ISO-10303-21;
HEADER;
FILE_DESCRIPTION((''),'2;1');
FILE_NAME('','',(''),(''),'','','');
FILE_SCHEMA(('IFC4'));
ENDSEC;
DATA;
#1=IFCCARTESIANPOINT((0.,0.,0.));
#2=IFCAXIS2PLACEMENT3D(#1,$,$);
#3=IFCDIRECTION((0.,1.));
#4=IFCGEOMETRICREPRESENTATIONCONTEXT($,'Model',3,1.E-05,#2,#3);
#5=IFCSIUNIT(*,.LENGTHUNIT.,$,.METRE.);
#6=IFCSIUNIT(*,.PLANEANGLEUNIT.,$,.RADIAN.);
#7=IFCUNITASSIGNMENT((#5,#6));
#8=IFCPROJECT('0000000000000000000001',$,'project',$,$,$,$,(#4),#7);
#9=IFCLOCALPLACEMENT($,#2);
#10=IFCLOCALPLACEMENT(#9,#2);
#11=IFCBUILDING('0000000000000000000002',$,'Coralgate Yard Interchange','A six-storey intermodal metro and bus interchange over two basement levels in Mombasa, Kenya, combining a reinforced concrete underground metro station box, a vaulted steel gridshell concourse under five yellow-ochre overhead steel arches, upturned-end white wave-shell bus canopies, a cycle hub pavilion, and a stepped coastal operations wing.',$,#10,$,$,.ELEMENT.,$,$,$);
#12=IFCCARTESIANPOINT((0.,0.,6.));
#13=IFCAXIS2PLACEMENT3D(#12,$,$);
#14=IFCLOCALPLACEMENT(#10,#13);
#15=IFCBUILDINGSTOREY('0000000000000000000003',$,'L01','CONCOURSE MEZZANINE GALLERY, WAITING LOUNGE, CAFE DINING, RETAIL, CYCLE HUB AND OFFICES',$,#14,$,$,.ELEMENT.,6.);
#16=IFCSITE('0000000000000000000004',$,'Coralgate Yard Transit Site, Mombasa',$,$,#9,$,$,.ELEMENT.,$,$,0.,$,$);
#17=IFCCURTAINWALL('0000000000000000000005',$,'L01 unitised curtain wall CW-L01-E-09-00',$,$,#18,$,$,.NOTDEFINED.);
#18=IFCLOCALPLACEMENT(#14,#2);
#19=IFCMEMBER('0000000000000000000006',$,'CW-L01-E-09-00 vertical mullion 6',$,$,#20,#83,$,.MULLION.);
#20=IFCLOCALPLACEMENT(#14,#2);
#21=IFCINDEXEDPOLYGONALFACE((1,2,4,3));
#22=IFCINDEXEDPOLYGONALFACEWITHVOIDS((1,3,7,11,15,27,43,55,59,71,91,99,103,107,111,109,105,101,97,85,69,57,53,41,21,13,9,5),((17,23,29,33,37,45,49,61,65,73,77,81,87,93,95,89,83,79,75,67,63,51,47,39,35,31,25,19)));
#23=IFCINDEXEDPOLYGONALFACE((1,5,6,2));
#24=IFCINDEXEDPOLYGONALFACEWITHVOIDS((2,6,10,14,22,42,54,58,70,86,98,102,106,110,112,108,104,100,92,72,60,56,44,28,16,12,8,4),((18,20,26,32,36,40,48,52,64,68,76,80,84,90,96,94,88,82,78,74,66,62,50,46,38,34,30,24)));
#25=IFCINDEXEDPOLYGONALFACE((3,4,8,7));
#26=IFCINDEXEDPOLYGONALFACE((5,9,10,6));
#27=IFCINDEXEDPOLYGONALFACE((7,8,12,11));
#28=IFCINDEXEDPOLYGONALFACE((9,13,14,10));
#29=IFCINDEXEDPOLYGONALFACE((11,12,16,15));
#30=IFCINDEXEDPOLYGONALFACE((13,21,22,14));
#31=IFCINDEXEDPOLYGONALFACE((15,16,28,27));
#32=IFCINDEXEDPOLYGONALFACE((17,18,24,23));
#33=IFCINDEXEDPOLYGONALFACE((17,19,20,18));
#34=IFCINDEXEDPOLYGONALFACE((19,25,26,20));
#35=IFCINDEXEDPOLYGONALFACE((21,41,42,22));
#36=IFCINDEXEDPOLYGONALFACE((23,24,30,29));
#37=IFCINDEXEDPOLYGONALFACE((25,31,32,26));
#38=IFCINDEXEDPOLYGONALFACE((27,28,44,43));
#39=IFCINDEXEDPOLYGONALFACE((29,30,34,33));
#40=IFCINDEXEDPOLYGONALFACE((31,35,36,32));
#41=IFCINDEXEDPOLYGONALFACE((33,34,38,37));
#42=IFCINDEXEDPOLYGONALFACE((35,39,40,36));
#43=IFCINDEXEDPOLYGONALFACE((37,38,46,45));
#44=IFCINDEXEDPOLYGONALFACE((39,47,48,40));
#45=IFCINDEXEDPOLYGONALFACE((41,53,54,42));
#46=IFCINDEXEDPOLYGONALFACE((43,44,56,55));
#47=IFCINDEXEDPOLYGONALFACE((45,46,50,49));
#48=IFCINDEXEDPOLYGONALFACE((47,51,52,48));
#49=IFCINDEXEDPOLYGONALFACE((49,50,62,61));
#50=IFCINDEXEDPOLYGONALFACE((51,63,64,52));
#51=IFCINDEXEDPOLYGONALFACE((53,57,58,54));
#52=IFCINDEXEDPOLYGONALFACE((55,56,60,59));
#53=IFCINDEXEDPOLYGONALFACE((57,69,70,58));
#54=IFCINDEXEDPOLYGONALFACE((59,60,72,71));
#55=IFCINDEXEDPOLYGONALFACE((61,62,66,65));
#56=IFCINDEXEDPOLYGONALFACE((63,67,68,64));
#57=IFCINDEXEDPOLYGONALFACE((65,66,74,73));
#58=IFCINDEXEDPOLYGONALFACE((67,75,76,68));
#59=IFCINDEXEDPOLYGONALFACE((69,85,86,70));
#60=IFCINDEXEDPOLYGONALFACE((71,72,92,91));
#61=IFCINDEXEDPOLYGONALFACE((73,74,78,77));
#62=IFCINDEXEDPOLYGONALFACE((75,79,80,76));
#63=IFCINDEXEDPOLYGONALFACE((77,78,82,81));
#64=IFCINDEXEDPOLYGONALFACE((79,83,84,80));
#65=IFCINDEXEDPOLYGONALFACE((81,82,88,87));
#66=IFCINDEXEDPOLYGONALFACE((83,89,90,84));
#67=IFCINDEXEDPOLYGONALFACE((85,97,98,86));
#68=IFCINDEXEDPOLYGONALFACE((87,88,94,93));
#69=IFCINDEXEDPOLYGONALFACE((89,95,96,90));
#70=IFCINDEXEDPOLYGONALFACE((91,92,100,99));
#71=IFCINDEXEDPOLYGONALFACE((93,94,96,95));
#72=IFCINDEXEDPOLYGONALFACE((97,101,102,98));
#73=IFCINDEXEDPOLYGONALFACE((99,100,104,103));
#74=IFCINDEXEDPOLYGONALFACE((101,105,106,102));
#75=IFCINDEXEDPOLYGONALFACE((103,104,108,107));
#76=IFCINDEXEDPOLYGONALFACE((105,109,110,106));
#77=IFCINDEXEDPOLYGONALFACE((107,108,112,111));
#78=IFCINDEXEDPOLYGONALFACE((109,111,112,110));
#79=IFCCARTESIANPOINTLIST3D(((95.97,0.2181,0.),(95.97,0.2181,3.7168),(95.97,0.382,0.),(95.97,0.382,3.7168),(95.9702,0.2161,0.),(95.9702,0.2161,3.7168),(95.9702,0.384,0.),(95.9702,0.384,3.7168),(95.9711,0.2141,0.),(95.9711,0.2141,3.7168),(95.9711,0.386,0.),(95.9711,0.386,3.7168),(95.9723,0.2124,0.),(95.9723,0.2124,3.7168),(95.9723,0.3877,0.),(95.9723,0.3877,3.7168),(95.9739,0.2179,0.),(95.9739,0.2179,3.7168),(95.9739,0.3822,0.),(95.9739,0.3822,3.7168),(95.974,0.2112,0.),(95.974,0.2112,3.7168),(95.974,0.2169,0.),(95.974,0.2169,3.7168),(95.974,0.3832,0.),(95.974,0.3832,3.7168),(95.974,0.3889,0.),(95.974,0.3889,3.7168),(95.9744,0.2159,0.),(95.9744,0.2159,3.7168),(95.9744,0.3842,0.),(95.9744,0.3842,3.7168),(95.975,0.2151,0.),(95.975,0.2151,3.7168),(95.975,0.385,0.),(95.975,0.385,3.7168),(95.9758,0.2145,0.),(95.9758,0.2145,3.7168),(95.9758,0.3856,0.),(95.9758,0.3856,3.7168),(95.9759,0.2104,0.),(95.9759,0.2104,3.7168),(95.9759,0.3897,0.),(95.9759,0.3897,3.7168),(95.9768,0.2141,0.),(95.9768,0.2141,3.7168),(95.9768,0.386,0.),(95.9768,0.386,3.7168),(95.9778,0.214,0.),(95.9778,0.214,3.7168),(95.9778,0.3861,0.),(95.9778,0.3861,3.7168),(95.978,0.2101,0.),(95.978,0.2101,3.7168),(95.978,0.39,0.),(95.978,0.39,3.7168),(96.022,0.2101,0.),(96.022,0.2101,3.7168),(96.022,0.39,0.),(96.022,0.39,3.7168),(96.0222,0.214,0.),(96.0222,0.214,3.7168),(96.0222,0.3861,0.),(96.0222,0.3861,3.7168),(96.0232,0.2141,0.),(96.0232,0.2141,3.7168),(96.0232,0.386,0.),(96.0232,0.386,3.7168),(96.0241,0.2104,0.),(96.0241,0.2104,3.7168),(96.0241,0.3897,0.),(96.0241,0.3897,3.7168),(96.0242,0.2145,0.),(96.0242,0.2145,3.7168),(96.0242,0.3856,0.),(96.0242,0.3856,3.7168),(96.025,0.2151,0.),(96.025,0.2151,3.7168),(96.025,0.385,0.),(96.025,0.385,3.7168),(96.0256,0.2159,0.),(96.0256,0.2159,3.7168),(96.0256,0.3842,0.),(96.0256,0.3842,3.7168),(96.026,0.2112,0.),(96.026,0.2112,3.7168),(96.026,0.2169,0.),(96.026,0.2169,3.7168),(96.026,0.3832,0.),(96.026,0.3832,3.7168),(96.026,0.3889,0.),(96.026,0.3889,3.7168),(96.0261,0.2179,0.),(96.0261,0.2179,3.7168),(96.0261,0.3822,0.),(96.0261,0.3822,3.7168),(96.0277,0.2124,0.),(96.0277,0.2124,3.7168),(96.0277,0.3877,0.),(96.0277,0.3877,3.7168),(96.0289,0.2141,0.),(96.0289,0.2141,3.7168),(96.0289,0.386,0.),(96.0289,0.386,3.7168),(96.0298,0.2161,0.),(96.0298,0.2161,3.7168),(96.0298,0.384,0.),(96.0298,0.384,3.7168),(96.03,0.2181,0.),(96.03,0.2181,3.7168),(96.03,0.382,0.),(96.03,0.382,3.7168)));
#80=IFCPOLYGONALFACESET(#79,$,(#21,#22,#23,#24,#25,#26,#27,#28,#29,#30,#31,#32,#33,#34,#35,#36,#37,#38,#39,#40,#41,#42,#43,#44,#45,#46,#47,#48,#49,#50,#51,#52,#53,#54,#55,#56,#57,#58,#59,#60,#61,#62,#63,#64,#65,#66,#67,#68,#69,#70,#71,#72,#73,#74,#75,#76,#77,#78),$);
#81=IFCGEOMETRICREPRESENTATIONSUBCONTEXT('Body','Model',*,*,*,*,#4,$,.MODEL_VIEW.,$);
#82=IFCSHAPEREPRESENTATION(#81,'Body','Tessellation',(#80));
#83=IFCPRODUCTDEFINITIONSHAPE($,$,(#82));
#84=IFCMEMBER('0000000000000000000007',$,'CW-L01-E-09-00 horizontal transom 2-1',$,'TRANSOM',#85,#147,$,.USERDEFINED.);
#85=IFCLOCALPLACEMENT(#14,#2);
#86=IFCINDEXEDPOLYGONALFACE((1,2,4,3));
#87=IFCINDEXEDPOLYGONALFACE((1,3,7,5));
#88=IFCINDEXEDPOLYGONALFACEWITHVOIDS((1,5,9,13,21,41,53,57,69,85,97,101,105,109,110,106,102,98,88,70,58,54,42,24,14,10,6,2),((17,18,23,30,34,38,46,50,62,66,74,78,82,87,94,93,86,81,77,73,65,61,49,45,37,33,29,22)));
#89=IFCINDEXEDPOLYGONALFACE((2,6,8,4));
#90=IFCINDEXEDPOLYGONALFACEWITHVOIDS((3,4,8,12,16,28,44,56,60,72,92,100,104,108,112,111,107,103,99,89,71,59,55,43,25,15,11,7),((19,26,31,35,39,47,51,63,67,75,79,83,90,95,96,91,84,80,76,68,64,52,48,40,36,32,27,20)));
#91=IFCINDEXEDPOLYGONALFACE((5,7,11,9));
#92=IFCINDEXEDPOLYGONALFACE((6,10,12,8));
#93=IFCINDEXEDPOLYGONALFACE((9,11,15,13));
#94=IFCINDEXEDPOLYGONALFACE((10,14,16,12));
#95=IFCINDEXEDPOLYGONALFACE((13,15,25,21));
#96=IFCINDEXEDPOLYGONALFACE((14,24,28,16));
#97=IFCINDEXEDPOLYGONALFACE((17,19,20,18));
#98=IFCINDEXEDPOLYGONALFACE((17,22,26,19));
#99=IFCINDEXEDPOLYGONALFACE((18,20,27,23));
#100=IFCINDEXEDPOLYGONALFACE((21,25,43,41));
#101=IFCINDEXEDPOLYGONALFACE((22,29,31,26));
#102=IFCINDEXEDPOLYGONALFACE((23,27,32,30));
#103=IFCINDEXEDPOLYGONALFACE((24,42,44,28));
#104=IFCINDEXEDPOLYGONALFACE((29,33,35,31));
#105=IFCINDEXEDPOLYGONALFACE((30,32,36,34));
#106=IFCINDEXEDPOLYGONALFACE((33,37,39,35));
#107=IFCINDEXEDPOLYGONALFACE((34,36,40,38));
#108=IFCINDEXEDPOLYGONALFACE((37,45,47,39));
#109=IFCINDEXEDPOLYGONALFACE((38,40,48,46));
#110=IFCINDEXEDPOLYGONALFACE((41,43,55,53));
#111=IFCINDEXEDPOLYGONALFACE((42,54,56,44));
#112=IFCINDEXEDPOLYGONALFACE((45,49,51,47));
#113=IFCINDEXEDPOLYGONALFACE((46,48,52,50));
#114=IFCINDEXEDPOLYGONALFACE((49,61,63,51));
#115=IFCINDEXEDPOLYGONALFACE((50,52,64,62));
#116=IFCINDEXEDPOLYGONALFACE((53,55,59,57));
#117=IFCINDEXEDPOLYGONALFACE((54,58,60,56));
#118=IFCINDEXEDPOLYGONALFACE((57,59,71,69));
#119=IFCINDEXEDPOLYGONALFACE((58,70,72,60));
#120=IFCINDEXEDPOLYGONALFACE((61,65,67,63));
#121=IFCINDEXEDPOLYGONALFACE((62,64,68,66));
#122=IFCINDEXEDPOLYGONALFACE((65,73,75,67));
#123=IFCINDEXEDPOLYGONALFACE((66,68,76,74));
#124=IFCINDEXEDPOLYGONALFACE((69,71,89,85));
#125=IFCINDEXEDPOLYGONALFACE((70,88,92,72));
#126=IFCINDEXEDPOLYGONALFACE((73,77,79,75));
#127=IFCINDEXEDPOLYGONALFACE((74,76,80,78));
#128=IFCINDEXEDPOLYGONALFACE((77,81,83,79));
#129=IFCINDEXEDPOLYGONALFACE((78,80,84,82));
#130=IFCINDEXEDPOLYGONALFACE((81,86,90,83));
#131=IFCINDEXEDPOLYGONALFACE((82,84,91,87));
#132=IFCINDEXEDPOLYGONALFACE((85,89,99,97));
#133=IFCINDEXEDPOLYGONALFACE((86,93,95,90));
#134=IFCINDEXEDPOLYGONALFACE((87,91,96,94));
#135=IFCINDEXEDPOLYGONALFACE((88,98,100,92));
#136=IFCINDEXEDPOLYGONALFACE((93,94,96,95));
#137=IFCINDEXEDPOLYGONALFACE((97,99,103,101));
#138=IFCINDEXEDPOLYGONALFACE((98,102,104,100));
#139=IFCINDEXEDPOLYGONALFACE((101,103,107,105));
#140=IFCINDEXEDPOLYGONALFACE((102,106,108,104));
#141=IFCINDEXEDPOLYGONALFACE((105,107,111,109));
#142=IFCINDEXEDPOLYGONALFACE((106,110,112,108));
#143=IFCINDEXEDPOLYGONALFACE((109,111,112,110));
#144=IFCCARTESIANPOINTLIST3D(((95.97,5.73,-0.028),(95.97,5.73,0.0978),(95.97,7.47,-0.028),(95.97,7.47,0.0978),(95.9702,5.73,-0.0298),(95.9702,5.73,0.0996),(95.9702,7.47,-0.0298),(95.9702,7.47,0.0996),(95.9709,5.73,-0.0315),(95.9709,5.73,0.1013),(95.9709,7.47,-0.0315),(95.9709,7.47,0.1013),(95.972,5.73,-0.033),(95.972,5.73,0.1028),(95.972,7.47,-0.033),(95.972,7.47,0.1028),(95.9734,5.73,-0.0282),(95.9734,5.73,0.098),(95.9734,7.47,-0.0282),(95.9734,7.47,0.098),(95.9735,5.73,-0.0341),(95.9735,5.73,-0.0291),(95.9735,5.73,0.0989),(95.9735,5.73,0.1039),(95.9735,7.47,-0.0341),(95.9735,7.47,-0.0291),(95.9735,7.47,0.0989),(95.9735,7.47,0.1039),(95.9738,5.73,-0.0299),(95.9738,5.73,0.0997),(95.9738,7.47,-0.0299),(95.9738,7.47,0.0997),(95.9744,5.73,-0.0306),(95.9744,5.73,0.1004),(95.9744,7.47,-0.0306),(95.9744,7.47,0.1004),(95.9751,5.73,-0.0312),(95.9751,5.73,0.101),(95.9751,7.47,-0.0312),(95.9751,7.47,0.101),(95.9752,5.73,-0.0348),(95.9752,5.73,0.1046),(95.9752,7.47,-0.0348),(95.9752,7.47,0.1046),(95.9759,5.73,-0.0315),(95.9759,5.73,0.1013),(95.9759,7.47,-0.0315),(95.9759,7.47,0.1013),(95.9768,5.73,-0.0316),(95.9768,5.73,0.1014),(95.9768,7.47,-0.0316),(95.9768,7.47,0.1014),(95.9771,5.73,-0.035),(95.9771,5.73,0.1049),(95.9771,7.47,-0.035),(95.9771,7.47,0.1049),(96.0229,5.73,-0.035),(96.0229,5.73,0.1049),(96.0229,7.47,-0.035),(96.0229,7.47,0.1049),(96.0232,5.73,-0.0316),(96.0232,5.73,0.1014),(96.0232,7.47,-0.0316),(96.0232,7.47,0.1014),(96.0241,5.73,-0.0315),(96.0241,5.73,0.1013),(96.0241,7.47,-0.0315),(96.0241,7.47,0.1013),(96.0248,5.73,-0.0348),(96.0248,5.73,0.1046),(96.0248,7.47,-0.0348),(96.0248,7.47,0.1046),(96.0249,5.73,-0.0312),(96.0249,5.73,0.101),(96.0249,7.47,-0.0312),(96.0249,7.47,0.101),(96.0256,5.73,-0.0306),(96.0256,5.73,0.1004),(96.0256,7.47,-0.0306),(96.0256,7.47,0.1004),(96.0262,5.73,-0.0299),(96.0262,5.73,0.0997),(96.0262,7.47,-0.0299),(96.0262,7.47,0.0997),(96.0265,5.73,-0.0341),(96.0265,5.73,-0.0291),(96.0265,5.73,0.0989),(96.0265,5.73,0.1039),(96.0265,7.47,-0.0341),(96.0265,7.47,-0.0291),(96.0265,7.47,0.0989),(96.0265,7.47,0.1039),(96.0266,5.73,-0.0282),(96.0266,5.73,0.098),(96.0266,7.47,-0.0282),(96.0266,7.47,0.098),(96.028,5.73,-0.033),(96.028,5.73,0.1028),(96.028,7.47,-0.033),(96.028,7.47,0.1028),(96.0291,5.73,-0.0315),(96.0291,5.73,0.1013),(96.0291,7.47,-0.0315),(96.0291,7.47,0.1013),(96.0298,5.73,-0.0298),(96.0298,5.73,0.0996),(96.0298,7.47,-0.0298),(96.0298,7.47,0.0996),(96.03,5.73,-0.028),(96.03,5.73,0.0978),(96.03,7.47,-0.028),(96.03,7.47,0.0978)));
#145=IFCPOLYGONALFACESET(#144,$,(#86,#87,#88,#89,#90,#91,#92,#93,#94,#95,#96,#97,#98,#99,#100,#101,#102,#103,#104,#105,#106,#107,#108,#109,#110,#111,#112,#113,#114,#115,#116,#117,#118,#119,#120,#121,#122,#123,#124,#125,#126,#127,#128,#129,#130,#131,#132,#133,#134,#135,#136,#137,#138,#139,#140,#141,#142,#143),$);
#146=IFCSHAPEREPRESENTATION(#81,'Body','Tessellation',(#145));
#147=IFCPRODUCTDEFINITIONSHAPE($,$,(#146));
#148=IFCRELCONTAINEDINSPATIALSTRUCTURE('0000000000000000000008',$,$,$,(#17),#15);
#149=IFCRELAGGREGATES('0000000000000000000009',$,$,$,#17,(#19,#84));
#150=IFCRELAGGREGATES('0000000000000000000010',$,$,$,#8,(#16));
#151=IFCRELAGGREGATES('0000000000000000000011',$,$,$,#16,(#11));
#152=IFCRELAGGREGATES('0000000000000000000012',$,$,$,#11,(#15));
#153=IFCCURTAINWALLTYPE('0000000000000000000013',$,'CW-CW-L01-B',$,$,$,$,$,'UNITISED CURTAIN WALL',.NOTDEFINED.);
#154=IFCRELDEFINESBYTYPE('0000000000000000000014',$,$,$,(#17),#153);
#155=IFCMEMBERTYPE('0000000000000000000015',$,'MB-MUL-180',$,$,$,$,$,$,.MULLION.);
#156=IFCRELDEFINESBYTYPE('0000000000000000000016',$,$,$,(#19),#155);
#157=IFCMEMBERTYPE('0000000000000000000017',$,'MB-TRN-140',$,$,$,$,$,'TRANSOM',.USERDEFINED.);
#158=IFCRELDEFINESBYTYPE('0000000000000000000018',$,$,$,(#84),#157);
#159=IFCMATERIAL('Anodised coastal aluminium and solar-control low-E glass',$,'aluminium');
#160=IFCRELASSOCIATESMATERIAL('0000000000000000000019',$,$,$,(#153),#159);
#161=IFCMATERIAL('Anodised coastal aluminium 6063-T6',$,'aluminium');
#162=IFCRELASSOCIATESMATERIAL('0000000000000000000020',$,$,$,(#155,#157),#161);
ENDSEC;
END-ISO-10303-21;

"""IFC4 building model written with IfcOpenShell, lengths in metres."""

from ifc_helpers import new_model, si_unit, direction, frame, origin, origin_2d, place, context, subcontext, project, spatial, hollow_rectangle, extrude, material, material_profile, profile_set, type_object, element, aggregate, save


model = new_model("IFC4")

# Units and contexts
model_context = context("Model", 3, precision=1e-05, world=origin(), true_north=direction((0.0, 1.0)))
body_context = subcontext(model_context, "Body", "Model", "MODEL_VIEW")
ifc_project = project(units=[si_unit("LENGTHUNIT", "METRE"), si_unit("PLANEANGLEUNIT", "RADIAN")], contexts=[model_context])

# Site, building, storey
site_placement = place(None, origin())
site = spatial("IfcSite", under=ifc_project, at=site_placement, Name="Coralgate Yard Transit Site, Mombasa", CompositionType="ELEMENT", RefElevation=0.0)
building_placement = place(site_placement, origin())
building = spatial("IfcBuilding", under=site, at=building_placement, Name="Coralgate Yard Interchange", Description="A six-storey intermodal metro and bus interchange over two basement levels in Mombasa, Kenya, combining a reinforced concrete underground metro station box, a vaulted steel gridshell concourse under five yellow-ochre overhead steel arches, upturned-end white wave-shell bus canopies, a cycle hub pavilion, and a stepped coastal operations wing.", CompositionType="ELEMENT")
storey_placement = place(building_placement, frame((0.0, 0.0, 6.0)))
storey = spatial("IfcBuildingStorey", under=building, at=storey_placement, Name="L01", Description="CONCOURSE MEZZANINE GALLERY, WAITING LOUNGE, CAFE DINING, RETAIL, CYCLE HUB AND OFFICES", CompositionType="ELEMENT", Elevation=6.0)

# Curtain wall, members
ifc_material_1 = material(Name="Anodised coastal aluminium and solar-control low-E glass", Category="aluminium")
curtain_wall_type = type_object("IfcCurtainWallType", Name="CW-CW-L01-B", ElementType="UNITISED CURTAIN WALL", PredefinedType="NOTDEFINED", material=ifc_material_1)
curtain_wall_placement = place(storey_placement, origin())
curtain_wall = element("IfcCurtainWall", 1, at=curtain_wall_placement, inside=storey, type_object=curtain_wall_type, Name="L01 unitised curtain wall CW-L01-E-09-00", PredefinedType="NOTDEFINED")
ifc_material_2 = material(Name="Anodised coastal aluminium 6063-T6", Category="aluminium")
ifc_material_profile_1 = material_profile(ifc_material_2, hollow_rectangle(XDim=0.0601, YDim=0.1799, WallThickness=0.0039, InnerFilletRadius=0.0039, OuterFilletRadius=0.0081, at=origin_2d()), Name="ALU 60x180x4")
ifc_profile_set_1 = profile_set([ifc_material_profile_1], Name="Anodised coastal aluminium 6063-T6")
member_type_1 = type_object("IfcMemberType", Name="MB-MUL-180", PredefinedType="MULLION", material=ifc_profile_set_1)
member_1_placement = place(storey_placement, frame((96.0, 0.3, 0.0), z_axis=(0.0, 0.0, 1.0), x_axis=(1.0, 0.0, 0.0)))
member_1 = element("IfcMember", 2, at=member_1_placement, type_object=member_type_1, Name="CW-L01-E-09-00 vertical mullion 6", PredefinedType="MULLION", context=body_context, shape_type="SweptSolid", body=[
    extrude(hollow_rectangle(XDim=0.0601, YDim=0.1799, WallThickness=0.0039, InnerFilletRadius=0.0039, OuterFilletRadius=0.0081, at=origin_2d()), origin(), (0.0, 0.0, 1.0), 3.7168),
])
ifc_material_profile_2 = material_profile(ifc_material_2, hollow_rectangle(XDim=0.0601, YDim=0.1399, WallThickness=0.0034, InnerFilletRadius=0.0034, OuterFilletRadius=0.0071, at=origin_2d()), Name="ALU 60x140x3.5")
ifc_profile_set_2 = profile_set([ifc_material_profile_2], Name="Anodised coastal aluminium 6063-T6")
member_type_2 = type_object("IfcMemberType", Name="MB-TRN-140", ElementType="TRANSOM", PredefinedType="USERDEFINED", material=ifc_profile_set_2)
member_2_placement = place(storey_placement, frame((96.0, 7.47, 0.0349), z_axis=(0.0, -1.0, 0.0), x_axis=(1.0, 0.0, 0.0)))
member_2 = element("IfcMember", 3, at=member_2_placement, type_object=member_type_2, Name="CW-L01-E-09-00 horizontal transom 2-1", ObjectType="TRANSOM", PredefinedType="USERDEFINED", context=body_context, shape_type="SweptSolid", body=[
    extrude(hollow_rectangle(XDim=0.0601, YDim=0.1399, WallThickness=0.0034, InnerFilletRadius=0.0034, OuterFilletRadius=0.0071, at=origin_2d()), origin(), (0.0, 0.0, 1.0), 1.74),
])
aggregate(curtain_wall, [member_1, member_2])

save(model, "model.ifc")
